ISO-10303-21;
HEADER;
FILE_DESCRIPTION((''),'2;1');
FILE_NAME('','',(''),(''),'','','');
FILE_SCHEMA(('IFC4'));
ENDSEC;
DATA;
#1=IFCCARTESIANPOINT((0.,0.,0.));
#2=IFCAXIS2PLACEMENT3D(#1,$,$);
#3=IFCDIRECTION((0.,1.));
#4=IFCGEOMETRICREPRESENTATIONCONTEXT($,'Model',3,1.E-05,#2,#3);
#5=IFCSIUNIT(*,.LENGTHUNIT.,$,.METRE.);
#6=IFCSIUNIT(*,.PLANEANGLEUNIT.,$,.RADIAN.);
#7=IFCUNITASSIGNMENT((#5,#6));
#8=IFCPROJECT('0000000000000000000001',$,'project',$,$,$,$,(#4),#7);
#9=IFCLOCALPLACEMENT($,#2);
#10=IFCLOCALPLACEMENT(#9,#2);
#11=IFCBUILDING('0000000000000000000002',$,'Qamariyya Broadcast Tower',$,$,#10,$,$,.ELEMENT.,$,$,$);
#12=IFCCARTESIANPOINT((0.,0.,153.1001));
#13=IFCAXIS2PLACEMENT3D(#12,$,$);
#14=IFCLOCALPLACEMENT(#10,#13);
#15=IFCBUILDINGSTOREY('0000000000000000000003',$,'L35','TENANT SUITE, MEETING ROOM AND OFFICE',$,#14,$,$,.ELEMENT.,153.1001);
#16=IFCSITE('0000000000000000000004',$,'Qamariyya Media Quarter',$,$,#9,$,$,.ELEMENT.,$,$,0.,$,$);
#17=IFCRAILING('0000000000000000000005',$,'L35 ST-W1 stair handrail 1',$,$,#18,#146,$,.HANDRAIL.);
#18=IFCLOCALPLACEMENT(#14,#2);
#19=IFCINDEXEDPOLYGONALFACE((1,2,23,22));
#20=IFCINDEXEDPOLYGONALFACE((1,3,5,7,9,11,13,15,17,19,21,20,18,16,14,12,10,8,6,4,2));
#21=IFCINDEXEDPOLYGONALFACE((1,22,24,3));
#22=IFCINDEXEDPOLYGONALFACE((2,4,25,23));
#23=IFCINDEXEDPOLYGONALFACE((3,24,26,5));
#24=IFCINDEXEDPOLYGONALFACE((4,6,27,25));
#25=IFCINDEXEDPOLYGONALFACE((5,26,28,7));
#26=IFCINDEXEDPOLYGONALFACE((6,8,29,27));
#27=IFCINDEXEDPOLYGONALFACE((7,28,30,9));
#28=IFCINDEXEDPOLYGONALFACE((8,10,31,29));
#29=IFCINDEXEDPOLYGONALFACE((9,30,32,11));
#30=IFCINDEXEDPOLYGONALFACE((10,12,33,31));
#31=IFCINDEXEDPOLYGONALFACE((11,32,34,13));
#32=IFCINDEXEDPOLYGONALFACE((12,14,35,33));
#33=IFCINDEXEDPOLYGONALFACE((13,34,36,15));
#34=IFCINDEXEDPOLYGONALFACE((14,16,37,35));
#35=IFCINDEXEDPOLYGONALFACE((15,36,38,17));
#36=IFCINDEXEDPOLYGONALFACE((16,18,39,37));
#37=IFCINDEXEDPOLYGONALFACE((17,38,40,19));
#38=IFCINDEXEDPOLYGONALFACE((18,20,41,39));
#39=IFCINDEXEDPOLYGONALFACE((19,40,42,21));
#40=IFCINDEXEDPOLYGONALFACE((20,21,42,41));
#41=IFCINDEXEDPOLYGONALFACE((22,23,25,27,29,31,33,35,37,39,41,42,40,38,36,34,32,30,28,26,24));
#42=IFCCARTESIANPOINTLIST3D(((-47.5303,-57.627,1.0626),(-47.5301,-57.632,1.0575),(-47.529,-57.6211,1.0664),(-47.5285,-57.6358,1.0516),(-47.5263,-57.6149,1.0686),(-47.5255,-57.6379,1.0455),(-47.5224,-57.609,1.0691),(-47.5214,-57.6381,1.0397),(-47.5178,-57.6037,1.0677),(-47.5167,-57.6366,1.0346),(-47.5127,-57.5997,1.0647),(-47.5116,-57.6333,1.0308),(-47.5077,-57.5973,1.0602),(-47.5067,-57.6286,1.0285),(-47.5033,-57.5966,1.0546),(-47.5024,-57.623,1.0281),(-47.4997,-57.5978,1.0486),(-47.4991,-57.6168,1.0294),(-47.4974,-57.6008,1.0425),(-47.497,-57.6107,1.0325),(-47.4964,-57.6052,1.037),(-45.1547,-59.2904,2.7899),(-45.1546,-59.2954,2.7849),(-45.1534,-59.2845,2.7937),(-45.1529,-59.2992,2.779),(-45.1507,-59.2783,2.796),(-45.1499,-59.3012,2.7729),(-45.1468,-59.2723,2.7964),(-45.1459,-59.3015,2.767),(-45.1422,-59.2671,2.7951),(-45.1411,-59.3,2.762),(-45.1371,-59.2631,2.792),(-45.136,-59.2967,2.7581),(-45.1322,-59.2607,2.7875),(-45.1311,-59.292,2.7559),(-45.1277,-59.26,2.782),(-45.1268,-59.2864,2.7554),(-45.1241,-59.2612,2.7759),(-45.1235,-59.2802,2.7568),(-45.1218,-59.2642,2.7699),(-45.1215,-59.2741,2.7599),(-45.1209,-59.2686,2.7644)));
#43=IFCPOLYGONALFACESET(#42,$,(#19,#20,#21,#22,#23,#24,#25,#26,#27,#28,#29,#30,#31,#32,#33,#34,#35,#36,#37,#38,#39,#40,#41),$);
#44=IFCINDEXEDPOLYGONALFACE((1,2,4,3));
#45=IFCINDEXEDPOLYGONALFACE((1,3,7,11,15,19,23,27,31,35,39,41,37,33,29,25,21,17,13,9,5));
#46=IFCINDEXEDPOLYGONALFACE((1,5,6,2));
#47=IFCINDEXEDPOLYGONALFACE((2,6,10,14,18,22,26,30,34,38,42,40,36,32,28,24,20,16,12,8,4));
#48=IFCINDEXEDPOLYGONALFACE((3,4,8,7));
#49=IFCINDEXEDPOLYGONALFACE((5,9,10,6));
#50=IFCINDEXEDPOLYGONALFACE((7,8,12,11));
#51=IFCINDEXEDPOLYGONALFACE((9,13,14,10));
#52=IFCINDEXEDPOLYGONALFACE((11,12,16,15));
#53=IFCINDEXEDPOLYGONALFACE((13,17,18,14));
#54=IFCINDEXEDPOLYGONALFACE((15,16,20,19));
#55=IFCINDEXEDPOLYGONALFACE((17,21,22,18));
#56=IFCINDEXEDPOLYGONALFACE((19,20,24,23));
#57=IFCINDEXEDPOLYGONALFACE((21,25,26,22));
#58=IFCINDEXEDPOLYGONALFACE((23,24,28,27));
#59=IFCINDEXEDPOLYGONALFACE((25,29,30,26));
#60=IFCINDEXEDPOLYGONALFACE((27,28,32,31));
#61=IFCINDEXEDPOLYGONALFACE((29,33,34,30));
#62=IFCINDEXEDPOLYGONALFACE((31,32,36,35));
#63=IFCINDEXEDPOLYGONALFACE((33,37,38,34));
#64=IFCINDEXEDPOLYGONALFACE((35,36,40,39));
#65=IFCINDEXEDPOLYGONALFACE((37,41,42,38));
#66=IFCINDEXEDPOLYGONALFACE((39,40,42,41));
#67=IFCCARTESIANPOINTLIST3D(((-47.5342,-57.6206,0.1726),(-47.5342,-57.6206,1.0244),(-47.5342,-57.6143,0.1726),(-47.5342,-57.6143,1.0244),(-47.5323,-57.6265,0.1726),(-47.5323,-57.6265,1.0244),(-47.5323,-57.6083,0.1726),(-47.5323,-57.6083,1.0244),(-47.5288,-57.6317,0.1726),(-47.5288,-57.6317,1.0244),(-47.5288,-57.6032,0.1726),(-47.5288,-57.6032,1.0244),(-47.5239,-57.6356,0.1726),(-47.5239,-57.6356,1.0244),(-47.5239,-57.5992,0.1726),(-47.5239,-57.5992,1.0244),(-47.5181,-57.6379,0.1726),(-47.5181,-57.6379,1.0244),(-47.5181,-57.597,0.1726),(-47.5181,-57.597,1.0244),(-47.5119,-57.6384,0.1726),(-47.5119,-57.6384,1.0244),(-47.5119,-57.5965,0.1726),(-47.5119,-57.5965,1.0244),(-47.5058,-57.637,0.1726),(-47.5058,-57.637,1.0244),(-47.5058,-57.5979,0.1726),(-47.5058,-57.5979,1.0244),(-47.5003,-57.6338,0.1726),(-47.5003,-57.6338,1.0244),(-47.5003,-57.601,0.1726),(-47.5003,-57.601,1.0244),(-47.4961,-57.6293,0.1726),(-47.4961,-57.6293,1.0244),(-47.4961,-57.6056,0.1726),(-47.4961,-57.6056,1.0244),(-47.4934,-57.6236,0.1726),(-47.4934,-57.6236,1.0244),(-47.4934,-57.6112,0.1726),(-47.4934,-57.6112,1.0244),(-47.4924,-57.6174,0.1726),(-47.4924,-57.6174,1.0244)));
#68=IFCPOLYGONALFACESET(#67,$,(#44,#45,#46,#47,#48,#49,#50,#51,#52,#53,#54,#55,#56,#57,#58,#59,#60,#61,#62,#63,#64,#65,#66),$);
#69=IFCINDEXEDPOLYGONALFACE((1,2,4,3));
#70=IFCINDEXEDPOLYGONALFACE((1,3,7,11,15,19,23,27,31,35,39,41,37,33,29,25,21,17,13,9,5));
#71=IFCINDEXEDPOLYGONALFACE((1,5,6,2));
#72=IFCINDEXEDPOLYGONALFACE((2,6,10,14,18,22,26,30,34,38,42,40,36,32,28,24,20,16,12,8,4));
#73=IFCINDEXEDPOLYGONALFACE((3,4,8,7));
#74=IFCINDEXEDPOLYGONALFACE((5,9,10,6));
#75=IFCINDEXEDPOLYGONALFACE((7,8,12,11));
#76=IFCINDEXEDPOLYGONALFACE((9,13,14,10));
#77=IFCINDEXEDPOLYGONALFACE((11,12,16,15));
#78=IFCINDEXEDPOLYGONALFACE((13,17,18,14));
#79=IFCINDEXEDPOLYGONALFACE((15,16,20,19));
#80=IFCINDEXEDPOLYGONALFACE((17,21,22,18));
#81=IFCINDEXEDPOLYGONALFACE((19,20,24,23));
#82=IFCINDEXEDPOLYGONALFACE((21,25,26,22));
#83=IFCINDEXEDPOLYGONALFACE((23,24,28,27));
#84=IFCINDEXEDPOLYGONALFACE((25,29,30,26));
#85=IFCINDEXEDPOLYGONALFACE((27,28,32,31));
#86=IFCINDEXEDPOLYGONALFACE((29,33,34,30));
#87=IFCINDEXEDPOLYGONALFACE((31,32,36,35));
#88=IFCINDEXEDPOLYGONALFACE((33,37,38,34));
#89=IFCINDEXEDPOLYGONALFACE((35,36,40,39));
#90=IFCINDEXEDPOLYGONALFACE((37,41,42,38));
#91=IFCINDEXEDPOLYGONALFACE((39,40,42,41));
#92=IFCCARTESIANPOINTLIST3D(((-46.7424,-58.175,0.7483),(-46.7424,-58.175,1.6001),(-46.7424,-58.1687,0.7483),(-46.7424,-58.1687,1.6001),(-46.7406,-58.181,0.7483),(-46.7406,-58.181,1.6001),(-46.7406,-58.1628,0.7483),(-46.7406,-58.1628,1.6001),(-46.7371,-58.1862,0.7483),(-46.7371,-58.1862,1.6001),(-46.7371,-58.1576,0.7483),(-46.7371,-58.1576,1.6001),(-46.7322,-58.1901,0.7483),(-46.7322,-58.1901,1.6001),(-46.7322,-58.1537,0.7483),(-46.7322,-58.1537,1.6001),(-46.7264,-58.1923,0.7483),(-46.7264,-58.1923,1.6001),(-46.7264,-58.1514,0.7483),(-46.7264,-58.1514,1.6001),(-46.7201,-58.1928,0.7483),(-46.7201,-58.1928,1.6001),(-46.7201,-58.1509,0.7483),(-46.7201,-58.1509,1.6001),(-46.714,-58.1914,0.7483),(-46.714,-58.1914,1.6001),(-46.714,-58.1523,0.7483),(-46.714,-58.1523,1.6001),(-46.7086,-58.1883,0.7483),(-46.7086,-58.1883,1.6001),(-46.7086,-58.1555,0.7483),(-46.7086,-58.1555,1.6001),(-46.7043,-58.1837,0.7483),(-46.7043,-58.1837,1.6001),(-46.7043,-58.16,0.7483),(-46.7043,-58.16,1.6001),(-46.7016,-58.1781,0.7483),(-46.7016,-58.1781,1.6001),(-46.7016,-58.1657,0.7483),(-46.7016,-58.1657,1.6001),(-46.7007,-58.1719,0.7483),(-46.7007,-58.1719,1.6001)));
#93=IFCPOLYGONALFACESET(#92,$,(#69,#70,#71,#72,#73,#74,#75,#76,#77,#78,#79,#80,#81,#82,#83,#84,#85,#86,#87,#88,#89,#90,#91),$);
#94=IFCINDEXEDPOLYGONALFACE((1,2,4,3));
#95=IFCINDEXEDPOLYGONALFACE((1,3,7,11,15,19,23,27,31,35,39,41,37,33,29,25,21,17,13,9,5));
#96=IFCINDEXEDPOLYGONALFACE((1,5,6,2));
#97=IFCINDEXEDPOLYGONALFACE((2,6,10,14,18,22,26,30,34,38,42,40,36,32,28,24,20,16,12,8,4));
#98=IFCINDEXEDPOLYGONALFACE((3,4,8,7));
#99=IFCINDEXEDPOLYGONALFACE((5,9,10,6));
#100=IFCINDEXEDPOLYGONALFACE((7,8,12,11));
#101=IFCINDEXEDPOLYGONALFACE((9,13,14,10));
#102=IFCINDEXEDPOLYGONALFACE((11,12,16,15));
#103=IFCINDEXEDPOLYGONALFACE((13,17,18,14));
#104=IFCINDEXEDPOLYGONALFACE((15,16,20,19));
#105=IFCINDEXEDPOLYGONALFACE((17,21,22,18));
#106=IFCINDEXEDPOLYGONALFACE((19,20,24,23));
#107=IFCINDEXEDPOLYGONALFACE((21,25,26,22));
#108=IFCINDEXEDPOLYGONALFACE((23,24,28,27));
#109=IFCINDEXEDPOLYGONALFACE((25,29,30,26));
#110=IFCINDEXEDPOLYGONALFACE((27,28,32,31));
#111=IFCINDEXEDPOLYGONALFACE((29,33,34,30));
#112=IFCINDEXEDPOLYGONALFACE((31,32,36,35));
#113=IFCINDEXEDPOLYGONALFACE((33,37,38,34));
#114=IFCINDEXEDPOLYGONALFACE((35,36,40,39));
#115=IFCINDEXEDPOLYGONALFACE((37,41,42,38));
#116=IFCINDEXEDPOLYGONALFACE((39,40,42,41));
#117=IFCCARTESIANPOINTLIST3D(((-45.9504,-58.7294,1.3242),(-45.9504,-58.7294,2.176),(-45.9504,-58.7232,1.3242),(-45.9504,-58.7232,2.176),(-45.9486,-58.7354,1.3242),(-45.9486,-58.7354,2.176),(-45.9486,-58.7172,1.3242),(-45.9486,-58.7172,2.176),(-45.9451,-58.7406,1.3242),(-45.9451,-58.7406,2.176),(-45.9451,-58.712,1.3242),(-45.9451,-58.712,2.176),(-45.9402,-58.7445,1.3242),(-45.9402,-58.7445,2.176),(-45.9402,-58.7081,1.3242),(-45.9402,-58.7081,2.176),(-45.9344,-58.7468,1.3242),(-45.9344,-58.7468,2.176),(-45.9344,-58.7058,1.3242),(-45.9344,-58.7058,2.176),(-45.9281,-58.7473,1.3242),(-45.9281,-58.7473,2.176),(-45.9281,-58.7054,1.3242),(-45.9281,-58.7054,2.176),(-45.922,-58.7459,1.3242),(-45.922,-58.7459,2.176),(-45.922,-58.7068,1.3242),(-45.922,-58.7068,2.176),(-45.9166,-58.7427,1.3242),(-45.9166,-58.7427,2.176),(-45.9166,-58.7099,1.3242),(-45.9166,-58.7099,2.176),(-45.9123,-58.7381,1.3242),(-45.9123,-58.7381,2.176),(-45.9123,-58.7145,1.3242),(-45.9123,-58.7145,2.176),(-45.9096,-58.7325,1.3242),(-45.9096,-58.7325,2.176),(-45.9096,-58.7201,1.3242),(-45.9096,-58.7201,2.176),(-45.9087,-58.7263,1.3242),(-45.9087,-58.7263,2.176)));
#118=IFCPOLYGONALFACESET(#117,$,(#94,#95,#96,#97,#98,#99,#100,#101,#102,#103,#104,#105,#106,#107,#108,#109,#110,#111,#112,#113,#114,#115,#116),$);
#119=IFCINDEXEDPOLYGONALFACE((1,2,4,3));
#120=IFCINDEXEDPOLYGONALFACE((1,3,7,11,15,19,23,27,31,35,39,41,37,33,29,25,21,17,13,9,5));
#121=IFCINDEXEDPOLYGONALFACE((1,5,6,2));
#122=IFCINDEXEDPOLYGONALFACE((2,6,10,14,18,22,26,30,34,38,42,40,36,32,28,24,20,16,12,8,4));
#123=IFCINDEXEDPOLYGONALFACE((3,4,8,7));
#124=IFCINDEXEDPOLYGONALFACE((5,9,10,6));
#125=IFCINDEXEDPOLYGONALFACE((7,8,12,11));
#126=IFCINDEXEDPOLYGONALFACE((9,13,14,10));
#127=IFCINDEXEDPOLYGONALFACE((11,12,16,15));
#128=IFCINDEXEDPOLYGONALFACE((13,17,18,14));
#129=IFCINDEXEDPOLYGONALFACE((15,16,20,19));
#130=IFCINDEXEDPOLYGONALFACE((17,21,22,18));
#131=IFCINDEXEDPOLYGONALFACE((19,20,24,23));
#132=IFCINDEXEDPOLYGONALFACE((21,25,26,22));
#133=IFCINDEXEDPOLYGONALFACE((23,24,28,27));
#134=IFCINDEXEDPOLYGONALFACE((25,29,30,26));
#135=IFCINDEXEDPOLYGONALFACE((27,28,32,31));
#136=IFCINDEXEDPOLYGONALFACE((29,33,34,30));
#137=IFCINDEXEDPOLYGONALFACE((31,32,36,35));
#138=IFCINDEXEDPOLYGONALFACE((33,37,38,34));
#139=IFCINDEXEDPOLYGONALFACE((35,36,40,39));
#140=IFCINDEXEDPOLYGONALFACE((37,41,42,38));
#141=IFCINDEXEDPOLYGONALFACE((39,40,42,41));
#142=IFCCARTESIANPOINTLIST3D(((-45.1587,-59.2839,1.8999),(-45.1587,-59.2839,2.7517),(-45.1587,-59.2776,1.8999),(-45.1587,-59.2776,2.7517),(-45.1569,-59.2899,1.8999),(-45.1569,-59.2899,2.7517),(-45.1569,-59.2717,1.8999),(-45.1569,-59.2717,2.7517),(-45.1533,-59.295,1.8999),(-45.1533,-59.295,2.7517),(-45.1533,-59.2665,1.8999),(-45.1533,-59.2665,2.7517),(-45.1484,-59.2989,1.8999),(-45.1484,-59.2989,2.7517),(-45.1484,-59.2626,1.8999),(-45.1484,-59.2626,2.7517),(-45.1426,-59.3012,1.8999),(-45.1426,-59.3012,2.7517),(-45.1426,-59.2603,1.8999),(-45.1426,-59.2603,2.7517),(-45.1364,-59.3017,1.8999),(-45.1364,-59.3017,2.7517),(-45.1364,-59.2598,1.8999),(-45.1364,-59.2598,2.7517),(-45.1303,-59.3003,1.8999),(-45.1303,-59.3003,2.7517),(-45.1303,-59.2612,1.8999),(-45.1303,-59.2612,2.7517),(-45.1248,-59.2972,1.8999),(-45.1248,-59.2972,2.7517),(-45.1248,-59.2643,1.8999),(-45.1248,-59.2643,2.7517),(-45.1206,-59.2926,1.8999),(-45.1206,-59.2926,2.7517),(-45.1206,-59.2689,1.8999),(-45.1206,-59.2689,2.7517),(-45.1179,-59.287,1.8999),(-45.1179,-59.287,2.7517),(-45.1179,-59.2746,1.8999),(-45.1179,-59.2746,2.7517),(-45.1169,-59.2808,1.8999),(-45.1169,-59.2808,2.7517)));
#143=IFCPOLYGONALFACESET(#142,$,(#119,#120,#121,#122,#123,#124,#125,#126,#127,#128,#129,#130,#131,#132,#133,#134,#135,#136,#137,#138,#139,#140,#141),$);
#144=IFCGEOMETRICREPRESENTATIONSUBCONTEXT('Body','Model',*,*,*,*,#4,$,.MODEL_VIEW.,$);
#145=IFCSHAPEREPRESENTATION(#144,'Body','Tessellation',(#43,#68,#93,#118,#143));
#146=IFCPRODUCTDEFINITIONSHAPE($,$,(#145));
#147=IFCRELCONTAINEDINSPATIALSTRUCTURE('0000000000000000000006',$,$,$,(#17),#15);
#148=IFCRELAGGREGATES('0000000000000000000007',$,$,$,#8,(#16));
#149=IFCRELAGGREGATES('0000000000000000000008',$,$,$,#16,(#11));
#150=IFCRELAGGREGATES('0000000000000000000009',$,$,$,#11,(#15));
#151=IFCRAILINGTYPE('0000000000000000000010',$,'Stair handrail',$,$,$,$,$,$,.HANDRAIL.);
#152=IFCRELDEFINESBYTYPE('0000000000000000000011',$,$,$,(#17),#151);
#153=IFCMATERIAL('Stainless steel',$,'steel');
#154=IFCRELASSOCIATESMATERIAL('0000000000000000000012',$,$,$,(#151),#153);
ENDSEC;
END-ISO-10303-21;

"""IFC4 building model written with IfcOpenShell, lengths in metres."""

from ifc_helpers import new_model, si_unit, direction, frame, origin, origin_2d, place, context, subcontext, project, spatial, circle, extrude, material, type_object, element, save


model = new_model("IFC4")

# Units and contexts
model_context = context("Model", 3, precision=1e-05, world=origin(), true_north=direction((0.0, 1.0)))
body_context = subcontext(model_context, "Body", "Model", "MODEL_VIEW")
ifc_project = project(units=[si_unit("LENGTHUNIT", "METRE"), si_unit("PLANEANGLEUNIT", "RADIAN")], contexts=[model_context])

# Site, building, storey
site_placement = place(None, origin())
site = spatial("IfcSite", under=ifc_project, at=site_placement, Name="Qamariyya Media Quarter", CompositionType="ELEMENT", RefElevation=0.0)
building_placement = place(site_placement, origin())
building = spatial("IfcBuilding", under=site, at=building_placement, Name="Qamariyya Broadcast Tower", CompositionType="ELEMENT")
storey_placement = place(building_placement, frame((0.0, 0.0, 153.1001)))
storey = spatial("IfcBuildingStorey", under=building, at=storey_placement, Name="L35", Description="TENANT SUITE, MEETING ROOM AND OFFICE", CompositionType="ELEMENT", Elevation=153.1001)

# Railing
ifc_material_1 = material(Name="Stainless steel", Category="steel")
railing_type_1 = type_object("IfcRailingType", Name="Stair handrail", PredefinedType="HANDRAIL", material=ifc_material_1)
railing_1_placement = place(storey_placement, frame((-47.5134, -57.6174, 0.1726)))
element("IfcRailing", 1, at=railing_1_placement, inside=storey, type_object=railing_type_1, Name="L35 ST-W1 stair handrail 1", PredefinedType="HANDRAIL", context=body_context, shape_type="SweptSolid", body=[
    extrude(circle(Radius=0.0239, at=origin_2d()), frame((0.0, 0.0, 0.876), z_axis=(0.70377, -0.492784, 0.511734), x_axis=(0.573575, 0.819153, 0.0)), (0.0, 0.0, 1.0), 3.3755),
    extrude(circle(Radius=0.021, at=origin_2d()), origin(), (0.0, 0.0, 1.0), 0.8518),
    extrude(circle(Radius=0.021, at=origin_2d()), frame((0.7917, -0.5544, 0.5757)), (0.0, 0.0, 1.0), 0.8518),
    extrude(circle(Radius=0.021, at=origin_2d()), frame((1.5837, -1.1089, 1.1516)), (0.0, 0.0, 1.0), 0.8518),
    extrude(circle(Radius=0.021, at=origin_2d()), frame((2.3755, -1.6633, 1.7273)), (0.0, 0.0, 1.0), 0.8518),
])

save(model, "model.ifc")
